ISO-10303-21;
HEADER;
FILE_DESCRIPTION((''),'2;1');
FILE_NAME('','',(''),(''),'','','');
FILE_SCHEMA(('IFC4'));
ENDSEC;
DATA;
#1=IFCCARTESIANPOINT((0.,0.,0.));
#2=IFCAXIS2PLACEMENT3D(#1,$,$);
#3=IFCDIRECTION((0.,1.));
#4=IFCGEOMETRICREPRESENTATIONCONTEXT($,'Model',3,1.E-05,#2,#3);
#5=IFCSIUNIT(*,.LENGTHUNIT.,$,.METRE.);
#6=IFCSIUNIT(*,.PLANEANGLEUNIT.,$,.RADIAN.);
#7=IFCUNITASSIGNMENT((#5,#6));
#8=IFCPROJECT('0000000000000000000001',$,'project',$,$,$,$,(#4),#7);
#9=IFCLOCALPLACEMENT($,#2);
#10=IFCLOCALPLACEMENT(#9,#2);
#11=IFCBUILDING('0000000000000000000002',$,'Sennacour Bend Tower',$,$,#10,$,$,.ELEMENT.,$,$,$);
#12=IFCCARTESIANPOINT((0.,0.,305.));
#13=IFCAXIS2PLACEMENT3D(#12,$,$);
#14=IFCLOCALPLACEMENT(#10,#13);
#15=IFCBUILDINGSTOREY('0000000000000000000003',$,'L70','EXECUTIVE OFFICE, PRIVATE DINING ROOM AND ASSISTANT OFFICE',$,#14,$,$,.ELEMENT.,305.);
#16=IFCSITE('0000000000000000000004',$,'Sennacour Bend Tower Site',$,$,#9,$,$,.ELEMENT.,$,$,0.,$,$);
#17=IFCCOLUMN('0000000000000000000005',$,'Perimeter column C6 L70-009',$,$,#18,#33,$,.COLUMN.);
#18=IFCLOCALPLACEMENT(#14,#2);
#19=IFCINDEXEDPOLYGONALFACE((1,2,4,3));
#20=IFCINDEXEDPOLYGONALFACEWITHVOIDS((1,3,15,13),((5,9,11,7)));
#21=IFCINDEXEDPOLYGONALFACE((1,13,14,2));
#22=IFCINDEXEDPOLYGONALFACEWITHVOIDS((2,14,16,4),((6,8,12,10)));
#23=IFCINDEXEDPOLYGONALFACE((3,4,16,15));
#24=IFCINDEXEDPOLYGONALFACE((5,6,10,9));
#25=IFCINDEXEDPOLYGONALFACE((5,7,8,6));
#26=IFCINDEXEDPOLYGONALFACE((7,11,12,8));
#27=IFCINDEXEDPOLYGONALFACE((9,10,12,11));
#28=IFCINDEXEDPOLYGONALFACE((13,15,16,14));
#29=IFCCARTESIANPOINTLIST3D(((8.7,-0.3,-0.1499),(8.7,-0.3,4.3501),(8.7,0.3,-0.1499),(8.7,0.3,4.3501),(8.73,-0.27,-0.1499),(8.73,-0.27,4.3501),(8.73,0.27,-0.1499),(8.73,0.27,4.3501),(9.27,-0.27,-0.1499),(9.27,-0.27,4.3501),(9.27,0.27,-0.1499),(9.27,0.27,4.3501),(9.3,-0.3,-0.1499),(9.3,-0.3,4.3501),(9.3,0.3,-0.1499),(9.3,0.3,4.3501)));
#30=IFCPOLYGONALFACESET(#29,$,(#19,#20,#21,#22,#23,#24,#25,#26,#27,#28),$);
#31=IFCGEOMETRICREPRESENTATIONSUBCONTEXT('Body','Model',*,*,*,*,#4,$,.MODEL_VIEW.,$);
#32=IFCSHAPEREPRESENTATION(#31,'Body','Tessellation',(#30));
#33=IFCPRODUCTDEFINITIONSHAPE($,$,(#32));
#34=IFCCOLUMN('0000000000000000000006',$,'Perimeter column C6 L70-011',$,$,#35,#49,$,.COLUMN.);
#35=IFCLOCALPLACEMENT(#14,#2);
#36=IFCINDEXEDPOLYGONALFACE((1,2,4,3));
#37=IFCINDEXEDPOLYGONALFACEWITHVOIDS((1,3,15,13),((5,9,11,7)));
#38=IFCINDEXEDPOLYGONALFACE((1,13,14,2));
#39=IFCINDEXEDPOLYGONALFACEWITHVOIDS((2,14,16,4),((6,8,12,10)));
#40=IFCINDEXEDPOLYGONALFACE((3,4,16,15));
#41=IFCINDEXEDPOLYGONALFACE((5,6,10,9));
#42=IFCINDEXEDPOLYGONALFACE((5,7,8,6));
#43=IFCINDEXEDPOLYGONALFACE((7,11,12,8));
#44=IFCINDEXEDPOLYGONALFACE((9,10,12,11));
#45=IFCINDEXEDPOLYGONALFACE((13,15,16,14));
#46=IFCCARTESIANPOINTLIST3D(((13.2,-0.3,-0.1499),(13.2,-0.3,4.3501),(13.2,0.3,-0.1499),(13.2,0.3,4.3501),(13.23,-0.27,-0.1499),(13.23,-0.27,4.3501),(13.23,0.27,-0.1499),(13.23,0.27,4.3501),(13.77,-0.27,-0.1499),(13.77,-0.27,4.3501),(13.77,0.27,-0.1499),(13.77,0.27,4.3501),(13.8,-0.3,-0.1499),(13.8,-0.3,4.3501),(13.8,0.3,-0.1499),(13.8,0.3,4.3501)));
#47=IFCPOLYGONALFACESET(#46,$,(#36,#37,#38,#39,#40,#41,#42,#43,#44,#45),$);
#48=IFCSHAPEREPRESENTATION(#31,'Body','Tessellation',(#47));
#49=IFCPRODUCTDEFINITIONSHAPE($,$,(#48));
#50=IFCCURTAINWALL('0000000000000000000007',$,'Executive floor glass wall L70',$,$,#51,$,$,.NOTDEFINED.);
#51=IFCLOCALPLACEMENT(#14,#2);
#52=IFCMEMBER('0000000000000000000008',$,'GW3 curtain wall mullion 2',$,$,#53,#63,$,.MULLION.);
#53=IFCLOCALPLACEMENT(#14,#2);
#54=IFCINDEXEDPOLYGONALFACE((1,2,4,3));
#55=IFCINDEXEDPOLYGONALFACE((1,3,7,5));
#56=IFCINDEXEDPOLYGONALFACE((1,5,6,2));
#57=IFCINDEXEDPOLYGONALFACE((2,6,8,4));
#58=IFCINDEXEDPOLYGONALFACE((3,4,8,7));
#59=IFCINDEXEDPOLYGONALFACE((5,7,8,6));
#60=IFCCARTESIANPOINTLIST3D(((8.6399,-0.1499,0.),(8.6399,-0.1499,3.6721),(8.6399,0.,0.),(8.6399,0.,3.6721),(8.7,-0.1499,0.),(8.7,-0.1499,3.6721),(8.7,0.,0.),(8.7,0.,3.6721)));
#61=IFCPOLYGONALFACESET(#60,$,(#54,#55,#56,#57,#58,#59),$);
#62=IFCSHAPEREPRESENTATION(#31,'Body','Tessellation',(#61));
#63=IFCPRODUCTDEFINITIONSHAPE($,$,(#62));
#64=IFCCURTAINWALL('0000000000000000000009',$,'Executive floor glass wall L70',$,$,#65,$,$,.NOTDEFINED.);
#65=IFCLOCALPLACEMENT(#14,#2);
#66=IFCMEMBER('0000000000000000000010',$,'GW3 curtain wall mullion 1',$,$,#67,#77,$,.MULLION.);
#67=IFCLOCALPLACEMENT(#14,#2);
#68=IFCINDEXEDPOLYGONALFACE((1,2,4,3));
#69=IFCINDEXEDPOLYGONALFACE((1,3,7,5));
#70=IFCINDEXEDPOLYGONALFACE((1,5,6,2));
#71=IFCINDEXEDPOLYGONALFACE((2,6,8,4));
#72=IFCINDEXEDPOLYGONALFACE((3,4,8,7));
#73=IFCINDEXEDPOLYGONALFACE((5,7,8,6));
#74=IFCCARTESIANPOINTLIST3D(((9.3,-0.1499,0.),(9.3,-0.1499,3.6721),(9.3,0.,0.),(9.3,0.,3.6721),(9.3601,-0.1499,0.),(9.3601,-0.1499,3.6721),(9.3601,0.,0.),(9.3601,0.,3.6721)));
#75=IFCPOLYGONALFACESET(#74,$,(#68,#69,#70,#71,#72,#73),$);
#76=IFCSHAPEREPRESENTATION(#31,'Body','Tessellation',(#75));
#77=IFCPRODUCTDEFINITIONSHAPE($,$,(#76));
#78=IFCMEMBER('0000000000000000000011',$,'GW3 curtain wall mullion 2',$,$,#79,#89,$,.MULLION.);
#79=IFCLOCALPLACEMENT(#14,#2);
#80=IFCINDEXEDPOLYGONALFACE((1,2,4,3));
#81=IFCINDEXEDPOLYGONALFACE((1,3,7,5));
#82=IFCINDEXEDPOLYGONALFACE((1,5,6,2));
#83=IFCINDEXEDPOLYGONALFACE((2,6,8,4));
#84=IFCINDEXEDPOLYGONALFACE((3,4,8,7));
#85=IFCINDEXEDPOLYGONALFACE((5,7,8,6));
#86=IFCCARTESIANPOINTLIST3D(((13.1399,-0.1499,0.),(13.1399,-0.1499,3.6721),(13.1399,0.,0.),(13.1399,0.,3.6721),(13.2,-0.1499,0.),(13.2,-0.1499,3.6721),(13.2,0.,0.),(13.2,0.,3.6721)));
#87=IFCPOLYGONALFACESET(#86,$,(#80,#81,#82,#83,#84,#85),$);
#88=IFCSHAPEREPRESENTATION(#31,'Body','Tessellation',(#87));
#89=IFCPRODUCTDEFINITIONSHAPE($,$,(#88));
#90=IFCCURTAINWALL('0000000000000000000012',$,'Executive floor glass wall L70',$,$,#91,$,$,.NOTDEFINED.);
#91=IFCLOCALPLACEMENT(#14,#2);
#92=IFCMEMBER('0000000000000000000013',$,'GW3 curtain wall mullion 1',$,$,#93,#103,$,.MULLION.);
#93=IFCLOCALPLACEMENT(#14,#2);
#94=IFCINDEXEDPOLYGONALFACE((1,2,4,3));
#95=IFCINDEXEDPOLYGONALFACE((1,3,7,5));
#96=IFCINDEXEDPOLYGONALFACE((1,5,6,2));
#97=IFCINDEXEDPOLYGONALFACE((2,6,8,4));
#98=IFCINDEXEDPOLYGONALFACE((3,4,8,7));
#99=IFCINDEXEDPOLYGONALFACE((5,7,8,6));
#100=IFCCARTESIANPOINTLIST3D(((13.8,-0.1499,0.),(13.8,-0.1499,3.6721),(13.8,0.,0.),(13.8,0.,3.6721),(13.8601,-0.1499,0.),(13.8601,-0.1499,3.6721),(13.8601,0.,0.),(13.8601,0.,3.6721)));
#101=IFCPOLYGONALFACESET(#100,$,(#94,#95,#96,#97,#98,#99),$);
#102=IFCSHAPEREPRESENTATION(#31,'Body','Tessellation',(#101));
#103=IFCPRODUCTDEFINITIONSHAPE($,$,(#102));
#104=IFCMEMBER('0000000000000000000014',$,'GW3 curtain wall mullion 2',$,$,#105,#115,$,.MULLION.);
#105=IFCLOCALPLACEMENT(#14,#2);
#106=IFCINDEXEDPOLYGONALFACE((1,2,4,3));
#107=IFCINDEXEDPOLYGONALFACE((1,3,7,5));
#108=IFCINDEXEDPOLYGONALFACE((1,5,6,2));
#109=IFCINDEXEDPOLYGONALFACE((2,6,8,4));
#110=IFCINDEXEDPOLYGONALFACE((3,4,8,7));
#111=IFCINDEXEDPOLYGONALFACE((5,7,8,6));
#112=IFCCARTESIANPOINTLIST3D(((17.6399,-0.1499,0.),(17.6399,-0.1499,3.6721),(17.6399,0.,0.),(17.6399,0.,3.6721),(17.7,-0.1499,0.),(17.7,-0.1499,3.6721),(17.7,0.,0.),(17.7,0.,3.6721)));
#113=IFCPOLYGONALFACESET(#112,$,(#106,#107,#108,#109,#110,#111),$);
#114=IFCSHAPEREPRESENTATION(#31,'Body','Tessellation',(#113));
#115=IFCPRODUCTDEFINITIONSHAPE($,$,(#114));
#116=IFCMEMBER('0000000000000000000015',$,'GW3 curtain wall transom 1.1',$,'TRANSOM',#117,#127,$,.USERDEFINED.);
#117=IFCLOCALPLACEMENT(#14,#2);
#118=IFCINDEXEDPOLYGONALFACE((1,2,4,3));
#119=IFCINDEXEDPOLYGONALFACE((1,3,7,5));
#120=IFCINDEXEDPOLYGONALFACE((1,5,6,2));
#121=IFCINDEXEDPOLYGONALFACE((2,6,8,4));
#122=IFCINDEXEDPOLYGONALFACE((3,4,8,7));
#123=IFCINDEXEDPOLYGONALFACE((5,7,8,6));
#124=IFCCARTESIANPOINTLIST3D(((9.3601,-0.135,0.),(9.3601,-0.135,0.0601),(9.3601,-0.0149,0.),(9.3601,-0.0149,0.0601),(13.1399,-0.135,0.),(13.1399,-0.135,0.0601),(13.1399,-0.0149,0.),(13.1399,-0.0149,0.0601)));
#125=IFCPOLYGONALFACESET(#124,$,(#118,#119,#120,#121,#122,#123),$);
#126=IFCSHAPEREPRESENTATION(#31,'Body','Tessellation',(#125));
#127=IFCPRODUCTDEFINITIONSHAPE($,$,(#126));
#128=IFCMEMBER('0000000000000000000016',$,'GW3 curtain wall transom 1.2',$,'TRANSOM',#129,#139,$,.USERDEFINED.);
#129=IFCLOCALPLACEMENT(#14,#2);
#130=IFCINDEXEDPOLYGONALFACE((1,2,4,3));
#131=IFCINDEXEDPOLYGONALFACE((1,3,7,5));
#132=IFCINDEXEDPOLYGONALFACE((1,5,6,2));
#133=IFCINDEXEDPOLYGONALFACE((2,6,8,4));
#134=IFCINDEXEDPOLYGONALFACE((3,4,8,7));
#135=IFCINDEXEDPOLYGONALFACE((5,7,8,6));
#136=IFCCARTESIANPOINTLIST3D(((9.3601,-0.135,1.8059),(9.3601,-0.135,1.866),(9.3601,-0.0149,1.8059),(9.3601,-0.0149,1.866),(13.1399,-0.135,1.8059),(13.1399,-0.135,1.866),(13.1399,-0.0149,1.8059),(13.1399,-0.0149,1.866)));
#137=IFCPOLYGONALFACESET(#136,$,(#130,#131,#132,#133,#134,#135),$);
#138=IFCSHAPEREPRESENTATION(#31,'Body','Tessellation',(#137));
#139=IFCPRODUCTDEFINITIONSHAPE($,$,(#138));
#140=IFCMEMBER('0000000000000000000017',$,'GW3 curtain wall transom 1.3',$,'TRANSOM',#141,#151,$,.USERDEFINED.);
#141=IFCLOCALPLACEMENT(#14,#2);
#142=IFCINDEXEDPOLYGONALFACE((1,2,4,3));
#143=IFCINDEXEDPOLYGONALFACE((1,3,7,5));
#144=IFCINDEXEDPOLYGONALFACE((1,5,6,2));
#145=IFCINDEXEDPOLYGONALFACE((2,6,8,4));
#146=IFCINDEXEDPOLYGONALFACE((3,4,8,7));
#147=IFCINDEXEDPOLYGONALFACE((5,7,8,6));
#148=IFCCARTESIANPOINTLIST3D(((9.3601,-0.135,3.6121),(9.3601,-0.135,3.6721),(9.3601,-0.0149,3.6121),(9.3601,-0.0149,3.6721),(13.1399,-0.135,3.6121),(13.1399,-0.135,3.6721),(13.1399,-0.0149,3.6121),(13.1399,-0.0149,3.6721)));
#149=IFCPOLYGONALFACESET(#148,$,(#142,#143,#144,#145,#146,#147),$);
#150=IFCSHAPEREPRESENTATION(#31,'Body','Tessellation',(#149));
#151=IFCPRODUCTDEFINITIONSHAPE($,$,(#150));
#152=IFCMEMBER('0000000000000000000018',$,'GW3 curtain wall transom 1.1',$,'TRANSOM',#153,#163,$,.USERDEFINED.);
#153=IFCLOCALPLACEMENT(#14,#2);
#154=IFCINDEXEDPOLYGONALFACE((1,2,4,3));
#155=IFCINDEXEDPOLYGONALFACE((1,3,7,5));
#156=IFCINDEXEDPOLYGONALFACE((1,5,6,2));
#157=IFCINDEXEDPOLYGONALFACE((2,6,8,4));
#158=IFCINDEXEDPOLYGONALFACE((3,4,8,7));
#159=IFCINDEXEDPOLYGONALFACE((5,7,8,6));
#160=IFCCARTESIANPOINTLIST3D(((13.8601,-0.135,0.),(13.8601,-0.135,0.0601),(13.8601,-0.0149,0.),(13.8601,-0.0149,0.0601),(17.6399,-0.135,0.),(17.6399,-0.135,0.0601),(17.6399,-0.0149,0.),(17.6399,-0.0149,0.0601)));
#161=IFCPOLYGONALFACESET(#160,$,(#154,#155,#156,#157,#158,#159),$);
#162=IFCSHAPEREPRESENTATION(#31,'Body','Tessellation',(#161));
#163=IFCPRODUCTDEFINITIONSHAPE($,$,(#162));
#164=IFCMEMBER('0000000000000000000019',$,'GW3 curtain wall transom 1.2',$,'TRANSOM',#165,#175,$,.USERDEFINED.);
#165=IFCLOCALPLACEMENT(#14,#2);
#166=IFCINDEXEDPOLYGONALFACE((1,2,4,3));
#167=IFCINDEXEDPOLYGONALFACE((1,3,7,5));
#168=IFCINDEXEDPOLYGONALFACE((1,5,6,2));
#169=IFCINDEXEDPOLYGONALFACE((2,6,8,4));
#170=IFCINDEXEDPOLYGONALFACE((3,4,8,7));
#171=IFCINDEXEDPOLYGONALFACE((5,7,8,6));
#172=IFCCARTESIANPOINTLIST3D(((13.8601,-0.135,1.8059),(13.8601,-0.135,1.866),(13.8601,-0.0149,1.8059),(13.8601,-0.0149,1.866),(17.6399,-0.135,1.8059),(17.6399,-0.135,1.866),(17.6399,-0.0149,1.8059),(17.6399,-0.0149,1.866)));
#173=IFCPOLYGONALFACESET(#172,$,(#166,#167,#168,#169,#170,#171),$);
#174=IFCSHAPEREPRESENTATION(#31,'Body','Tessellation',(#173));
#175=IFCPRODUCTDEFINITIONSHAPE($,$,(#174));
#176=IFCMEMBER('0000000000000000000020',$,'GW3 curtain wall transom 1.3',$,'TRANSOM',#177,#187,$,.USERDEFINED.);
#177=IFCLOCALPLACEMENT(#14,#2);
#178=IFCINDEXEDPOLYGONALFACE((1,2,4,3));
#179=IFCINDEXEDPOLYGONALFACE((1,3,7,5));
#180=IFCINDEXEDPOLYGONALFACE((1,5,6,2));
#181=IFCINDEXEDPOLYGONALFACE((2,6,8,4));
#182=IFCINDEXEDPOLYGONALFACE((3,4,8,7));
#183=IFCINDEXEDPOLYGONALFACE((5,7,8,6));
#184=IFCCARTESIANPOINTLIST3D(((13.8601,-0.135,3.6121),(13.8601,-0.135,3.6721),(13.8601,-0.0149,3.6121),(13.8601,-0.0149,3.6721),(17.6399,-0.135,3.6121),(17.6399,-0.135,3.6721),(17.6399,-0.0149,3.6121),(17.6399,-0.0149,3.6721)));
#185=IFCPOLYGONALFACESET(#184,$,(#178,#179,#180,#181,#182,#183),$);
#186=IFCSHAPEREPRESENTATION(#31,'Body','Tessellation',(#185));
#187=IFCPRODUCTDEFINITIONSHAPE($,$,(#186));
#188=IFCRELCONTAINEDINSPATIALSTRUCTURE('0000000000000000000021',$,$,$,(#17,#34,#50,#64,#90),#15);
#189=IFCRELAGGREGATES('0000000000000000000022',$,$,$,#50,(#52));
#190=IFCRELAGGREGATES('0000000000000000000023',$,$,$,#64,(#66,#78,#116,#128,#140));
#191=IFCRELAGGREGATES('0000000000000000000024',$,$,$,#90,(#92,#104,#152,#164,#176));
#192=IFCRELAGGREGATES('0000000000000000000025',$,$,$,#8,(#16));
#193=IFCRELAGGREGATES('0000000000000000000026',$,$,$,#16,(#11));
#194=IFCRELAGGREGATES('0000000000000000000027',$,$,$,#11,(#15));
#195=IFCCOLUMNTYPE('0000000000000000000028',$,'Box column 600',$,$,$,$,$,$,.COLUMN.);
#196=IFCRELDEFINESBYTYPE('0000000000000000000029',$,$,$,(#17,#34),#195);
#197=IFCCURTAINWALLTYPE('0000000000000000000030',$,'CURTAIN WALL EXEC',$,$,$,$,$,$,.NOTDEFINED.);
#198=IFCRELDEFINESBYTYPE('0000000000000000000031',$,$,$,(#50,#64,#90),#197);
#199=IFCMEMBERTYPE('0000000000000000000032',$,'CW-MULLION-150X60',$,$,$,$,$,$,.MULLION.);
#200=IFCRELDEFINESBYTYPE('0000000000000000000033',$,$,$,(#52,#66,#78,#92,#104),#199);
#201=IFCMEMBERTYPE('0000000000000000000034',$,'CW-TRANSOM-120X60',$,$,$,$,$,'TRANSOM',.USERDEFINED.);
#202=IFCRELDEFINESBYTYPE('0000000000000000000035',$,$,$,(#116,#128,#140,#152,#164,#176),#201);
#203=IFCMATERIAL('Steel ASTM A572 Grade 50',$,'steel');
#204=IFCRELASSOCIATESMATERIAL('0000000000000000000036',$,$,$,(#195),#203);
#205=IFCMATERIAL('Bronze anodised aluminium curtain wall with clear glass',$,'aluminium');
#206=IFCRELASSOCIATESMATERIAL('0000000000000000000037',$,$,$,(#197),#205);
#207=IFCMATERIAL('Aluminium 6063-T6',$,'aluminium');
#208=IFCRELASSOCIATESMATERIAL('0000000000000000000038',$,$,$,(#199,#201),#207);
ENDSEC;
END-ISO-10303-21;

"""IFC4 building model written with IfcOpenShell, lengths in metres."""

from ifc_helpers import new_model, si_unit, direction, frame, origin, origin_2d, place, context, subcontext, project, spatial, rectangle, hollow_rectangle, extrude, material, material_profile, profile_set, type_object, element, aggregate, save


model = new_model("IFC4")

# Units and contexts
model_context = context("Model", 3, precision=1e-05, world=origin(), true_north=direction((0.0, 1.0)))
body_context = subcontext(model_context, "Body", "Model", "MODEL_VIEW")
ifc_project = project(units=[si_unit("LENGTHUNIT", "METRE"), si_unit("PLANEANGLEUNIT", "RADIAN")], contexts=[model_context])

# Site, building, storey
site_placement = place(None, origin())
site = spatial("IfcSite", under=ifc_project, at=site_placement, Name="Sennacour Bend Tower Site", CompositionType="ELEMENT", RefElevation=0.0)
building_placement = place(site_placement, origin())
building = spatial("IfcBuilding", under=site, at=building_placement, Name="Sennacour Bend Tower", CompositionType="ELEMENT")
storey_placement = place(building_placement, frame((0.0, 0.0, 305.0)))
storey = spatial("IfcBuildingStorey", under=building, at=storey_placement, Name="L70", Description="EXECUTIVE OFFICE, PRIVATE DINING ROOM AND ASSISTANT OFFICE", CompositionType="ELEMENT", Elevation=305.0)

# Columns
ifc_material_1 = material(Name="Steel ASTM A572 Grade 50", Category="steel")
ifc_material_profile_1 = material_profile(ifc_material_1, hollow_rectangle(XDim=0.6001, YDim=0.6001, WallThickness=0.03, at=origin_2d()), Name="Steel ASTM A572 Grade 50", Category="steel")
ifc_profile_set_1 = profile_set([ifc_material_profile_1], Name="Steel ASTM A572 Grade 50")
column_type = type_object("IfcColumnType", Name="Box column 600", PredefinedType="COLUMN", material=ifc_profile_set_1)
for number, where, z_axis, x_axis, name in (
    (1, (9.0, 0.0, -0.1499), (0.0, 0.0, 1.0), (1.0, 0.0, 0.0), "Perimeter column C6 L70-009"),
    (2, (13.5, 0.0, -0.1499), (0.0, 0.0, 1.0), (1.0, 0.0, 0.0), "Perimeter column C6 L70-011"),
):
    element("IfcColumn", number, at=place(storey_placement, frame(where, z_axis=z_axis, x_axis=x_axis)), inside=storey, type_object=column_type, Name=name, PredefinedType="COLUMN", context=body_context, shape_type="SweptSolid", body=[
        extrude(hollow_rectangle(XDim=0.6001, YDim=0.6001, WallThickness=0.03, at=origin_2d()), origin(), (0.0, 0.0, 1.0), 4.5),
    ])

# Curtain wall, member
ifc_material_2 = material(Name="Bronze anodised aluminium curtain wall with clear glass", Category="aluminium")
curtain_wall_type = type_object("IfcCurtainWallType", Name="CURTAIN WALL EXEC", PredefinedType="NOTDEFINED", material=ifc_material_2)
curtain_wall_1_placement = place(storey_placement, origin())
curtain_wall_1 = element("IfcCurtainWall", 3, at=curtain_wall_1_placement, inside=storey, type_object=curtain_wall_type, Name="Executive floor glass wall L70", PredefinedType="NOTDEFINED")
ifc_material_3 = material(Name="Aluminium 6063-T6", Category="aluminium")
ifc_material_profile_2 = material_profile(ifc_material_3, rectangle(XDim=0.1499, YDim=0.0601, at=origin_2d()), Name="Aluminium 6063-T6", Category="aluminium")
ifc_profile_set_2 = profile_set([ifc_material_profile_2], Name="Aluminium 6063-T6")
member_type_1 = type_object("IfcMemberType", Name="CW-MULLION-150X60", PredefinedType="MULLION", material=ifc_profile_set_2)
member_1_placement = place(storey_placement, frame((8.6699, -0.075, 0.0), z_axis=(0.0, 0.0, 1.0), x_axis=(0.0, 1.0, 0.0)))
member_1 = element("IfcMember", 4, at=member_1_placement, type_object=member_type_1, Name="GW3 curtain wall mullion 2", PredefinedType="MULLION", context=body_context, shape_type="SweptSolid", body=[
    extrude(rectangle(XDim=0.1499, YDim=0.0601, at=origin_2d()), origin(), (0.0, 0.0, 1.0), 3.6721),
])
aggregate(curtain_wall_1, [member_1])

# Curtain walls, members
curtain_wall_2_placement = place(storey_placement, origin())
curtain_wall_2 = element("IfcCurtainWall", 5, at=curtain_wall_2_placement, inside=storey, type_object=curtain_wall_type, Name="Executive floor glass wall L70", PredefinedType="NOTDEFINED")
member_2_placement = place(storey_placement, frame((9.3301, -0.075, 0.0), z_axis=(0.0, 0.0, 1.0), x_axis=(0.0, 1.0, 0.0)))
member_2 = element("IfcMember", 6, at=member_2_placement, type_object=member_type_1, Name="GW3 curtain wall mullion 1", PredefinedType="MULLION", context=body_context, shape_type="SweptSolid", body=[
    extrude(rectangle(XDim=0.1499, YDim=0.0601, at=origin_2d()), origin(), (0.0, 0.0, 1.0), 3.6721),
])
member_3_placement = place(storey_placement, frame((13.1699, -0.075, 0.0), z_axis=(0.0, 0.0, 1.0), x_axis=(0.0, 1.0, 0.0)))
member_3 = element("IfcMember", 7, at=member_3_placement, type_object=member_type_1, Name="GW3 curtain wall mullion 2", PredefinedType="MULLION", context=body_context, shape_type="SweptSolid", body=[
    extrude(rectangle(XDim=0.1499, YDim=0.0601, at=origin_2d()), origin(), (0.0, 0.0, 1.0), 3.6721),
])
curtain_wall_3_placement = place(storey_placement, origin())
curtain_wall_3 = element("IfcCurtainWall", 8, at=curtain_wall_3_placement, inside=storey, type_object=curtain_wall_type, Name="Executive floor glass wall L70", PredefinedType="NOTDEFINED")
member_4_placement = place(storey_placement, frame((13.8301, -0.075, 0.0), z_axis=(0.0, 0.0, 1.0), x_axis=(0.0, 1.0, 0.0)))
member_4 = element("IfcMember", 9, at=member_4_placement, type_object=member_type_1, Name="GW3 curtain wall mullion 1", PredefinedType="MULLION", context=body_context, shape_type="SweptSolid", body=[
    extrude(rectangle(XDim=0.1499, YDim=0.0601, at=origin_2d()), origin(), (0.0, 0.0, 1.0), 3.6721),
])
member_5_placement = place(storey_placement, frame((17.6699, -0.075, 0.0), z_axis=(0.0, 0.0, 1.0), x_axis=(0.0, 1.0, 0.0)))
member_5 = element("IfcMember", 10, at=member_5_placement, type_object=member_type_1, Name="GW3 curtain wall mullion 2", PredefinedType="MULLION", context=body_context, shape_type="SweptSolid", body=[
    extrude(rectangle(XDim=0.1499, YDim=0.0601, at=origin_2d()), origin(), (0.0, 0.0, 1.0), 3.6721),
])

# Members
ifc_material_profile_3 = material_profile(ifc_material_3, rectangle(XDim=0.1201, YDim=0.0601, at=origin_2d()), Name="Aluminium 6063-T6", Category="aluminium")
ifc_profile_set_3 = profile_set([ifc_material_profile_3], Name="Aluminium 6063-T6")
member_type_2 = type_object("IfcMemberType", Name="CW-TRANSOM-120X60", ElementType="TRANSOM", PredefinedType="USERDEFINED", material=ifc_profile_set_3)
member_6_placement = place(storey_placement, frame((9.3601, -0.075, 0.03), z_axis=(1.0, 0.0, 0.0), x_axis=(0.0, 1.0, 0.0)))
member_6 = element("IfcMember", 11, at=member_6_placement, type_object=member_type_2, Name="GW3 curtain wall transom 1.1", ObjectType="TRANSOM", PredefinedType="USERDEFINED", context=body_context, shape_type="SweptSolid", body=[
    extrude(rectangle(XDim=0.1201, YDim=0.0601, at=origin_2d()), origin(), (0.0, 0.0, 1.0), 3.7798),
])
member_7_placement = place(storey_placement, frame((9.3601, -0.075, 1.8359), z_axis=(1.0, 0.0, 0.0), x_axis=(0.0, 1.0, 0.0)))
member_7 = element("IfcMember", 12, at=member_7_placement, type_object=member_type_2, Name="GW3 curtain wall transom 1.2", ObjectType="TRANSOM", PredefinedType="USERDEFINED", context=body_context, shape_type="SweptSolid", body=[
    extrude(rectangle(XDim=0.1201, YDim=0.0601, at=origin_2d()), origin(), (0.0, 0.0, 1.0), 3.7798),
])
member_8_placement = place(storey_placement, frame((9.3601, -0.075, 3.6421), z_axis=(1.0, 0.0, 0.0), x_axis=(0.0, 1.0, 0.0)))
member_8 = element("IfcMember", 13, at=member_8_placement, type_object=member_type_2, Name="GW3 curtain wall transom 1.3", ObjectType="TRANSOM", PredefinedType="USERDEFINED", context=body_context, shape_type="SweptSolid", body=[
    extrude(rectangle(XDim=0.1201, YDim=0.0601, at=origin_2d()), origin(), (0.0, 0.0, 1.0), 3.7798),
])
member_9_placement = place(storey_placement, frame((13.8601, -0.075, 0.03), z_axis=(1.0, 0.0, 0.0), x_axis=(0.0, 1.0, 0.0)))
member_9 = element("IfcMember", 14, at=member_9_placement, type_object=member_type_2, Name="GW3 curtain wall transom 1.1", ObjectType="TRANSOM", PredefinedType="USERDEFINED", context=body_context, shape_type="SweptSolid", body=[
    extrude(rectangle(XDim=0.1201, YDim=0.0601, at=origin_2d()), origin(), (0.0, 0.0, 1.0), 3.7798),
])
member_10_placement = place(storey_placement, frame((13.8601, -0.075, 1.8359), z_axis=(1.0, 0.0, 0.0), x_axis=(0.0, 1.0, 0.0)))
member_10 = element("IfcMember", 15, at=member_10_placement, type_object=member_type_2, Name="GW3 curtain wall transom 1.2", ObjectType="TRANSOM", PredefinedType="USERDEFINED", context=body_context, shape_type="SweptSolid", body=[
    extrude(rectangle(XDim=0.1201, YDim=0.0601, at=origin_2d()), origin(), (0.0, 0.0, 1.0), 3.7798),
])
member_11_placement = place(storey_placement, frame((13.8601, -0.075, 3.6421), z_axis=(1.0, 0.0, 0.0), x_axis=(0.0, 1.0, 0.0)))
member_11 = element("IfcMember", 16, at=member_11_placement, type_object=member_type_2, Name="GW3 curtain wall transom 1.3", ObjectType="TRANSOM", PredefinedType="USERDEFINED", context=body_context, shape_type="SweptSolid", body=[
    extrude(rectangle(XDim=0.1201, YDim=0.0601, at=origin_2d()), origin(), (0.0, 0.0, 1.0), 3.7798),
])

aggregate(curtain_wall_2, [member_2, member_3, member_6, member_7, member_8])
aggregate(curtain_wall_3, [member_4, member_5, member_9, member_10, member_11])

save(model, "model.ifc")
